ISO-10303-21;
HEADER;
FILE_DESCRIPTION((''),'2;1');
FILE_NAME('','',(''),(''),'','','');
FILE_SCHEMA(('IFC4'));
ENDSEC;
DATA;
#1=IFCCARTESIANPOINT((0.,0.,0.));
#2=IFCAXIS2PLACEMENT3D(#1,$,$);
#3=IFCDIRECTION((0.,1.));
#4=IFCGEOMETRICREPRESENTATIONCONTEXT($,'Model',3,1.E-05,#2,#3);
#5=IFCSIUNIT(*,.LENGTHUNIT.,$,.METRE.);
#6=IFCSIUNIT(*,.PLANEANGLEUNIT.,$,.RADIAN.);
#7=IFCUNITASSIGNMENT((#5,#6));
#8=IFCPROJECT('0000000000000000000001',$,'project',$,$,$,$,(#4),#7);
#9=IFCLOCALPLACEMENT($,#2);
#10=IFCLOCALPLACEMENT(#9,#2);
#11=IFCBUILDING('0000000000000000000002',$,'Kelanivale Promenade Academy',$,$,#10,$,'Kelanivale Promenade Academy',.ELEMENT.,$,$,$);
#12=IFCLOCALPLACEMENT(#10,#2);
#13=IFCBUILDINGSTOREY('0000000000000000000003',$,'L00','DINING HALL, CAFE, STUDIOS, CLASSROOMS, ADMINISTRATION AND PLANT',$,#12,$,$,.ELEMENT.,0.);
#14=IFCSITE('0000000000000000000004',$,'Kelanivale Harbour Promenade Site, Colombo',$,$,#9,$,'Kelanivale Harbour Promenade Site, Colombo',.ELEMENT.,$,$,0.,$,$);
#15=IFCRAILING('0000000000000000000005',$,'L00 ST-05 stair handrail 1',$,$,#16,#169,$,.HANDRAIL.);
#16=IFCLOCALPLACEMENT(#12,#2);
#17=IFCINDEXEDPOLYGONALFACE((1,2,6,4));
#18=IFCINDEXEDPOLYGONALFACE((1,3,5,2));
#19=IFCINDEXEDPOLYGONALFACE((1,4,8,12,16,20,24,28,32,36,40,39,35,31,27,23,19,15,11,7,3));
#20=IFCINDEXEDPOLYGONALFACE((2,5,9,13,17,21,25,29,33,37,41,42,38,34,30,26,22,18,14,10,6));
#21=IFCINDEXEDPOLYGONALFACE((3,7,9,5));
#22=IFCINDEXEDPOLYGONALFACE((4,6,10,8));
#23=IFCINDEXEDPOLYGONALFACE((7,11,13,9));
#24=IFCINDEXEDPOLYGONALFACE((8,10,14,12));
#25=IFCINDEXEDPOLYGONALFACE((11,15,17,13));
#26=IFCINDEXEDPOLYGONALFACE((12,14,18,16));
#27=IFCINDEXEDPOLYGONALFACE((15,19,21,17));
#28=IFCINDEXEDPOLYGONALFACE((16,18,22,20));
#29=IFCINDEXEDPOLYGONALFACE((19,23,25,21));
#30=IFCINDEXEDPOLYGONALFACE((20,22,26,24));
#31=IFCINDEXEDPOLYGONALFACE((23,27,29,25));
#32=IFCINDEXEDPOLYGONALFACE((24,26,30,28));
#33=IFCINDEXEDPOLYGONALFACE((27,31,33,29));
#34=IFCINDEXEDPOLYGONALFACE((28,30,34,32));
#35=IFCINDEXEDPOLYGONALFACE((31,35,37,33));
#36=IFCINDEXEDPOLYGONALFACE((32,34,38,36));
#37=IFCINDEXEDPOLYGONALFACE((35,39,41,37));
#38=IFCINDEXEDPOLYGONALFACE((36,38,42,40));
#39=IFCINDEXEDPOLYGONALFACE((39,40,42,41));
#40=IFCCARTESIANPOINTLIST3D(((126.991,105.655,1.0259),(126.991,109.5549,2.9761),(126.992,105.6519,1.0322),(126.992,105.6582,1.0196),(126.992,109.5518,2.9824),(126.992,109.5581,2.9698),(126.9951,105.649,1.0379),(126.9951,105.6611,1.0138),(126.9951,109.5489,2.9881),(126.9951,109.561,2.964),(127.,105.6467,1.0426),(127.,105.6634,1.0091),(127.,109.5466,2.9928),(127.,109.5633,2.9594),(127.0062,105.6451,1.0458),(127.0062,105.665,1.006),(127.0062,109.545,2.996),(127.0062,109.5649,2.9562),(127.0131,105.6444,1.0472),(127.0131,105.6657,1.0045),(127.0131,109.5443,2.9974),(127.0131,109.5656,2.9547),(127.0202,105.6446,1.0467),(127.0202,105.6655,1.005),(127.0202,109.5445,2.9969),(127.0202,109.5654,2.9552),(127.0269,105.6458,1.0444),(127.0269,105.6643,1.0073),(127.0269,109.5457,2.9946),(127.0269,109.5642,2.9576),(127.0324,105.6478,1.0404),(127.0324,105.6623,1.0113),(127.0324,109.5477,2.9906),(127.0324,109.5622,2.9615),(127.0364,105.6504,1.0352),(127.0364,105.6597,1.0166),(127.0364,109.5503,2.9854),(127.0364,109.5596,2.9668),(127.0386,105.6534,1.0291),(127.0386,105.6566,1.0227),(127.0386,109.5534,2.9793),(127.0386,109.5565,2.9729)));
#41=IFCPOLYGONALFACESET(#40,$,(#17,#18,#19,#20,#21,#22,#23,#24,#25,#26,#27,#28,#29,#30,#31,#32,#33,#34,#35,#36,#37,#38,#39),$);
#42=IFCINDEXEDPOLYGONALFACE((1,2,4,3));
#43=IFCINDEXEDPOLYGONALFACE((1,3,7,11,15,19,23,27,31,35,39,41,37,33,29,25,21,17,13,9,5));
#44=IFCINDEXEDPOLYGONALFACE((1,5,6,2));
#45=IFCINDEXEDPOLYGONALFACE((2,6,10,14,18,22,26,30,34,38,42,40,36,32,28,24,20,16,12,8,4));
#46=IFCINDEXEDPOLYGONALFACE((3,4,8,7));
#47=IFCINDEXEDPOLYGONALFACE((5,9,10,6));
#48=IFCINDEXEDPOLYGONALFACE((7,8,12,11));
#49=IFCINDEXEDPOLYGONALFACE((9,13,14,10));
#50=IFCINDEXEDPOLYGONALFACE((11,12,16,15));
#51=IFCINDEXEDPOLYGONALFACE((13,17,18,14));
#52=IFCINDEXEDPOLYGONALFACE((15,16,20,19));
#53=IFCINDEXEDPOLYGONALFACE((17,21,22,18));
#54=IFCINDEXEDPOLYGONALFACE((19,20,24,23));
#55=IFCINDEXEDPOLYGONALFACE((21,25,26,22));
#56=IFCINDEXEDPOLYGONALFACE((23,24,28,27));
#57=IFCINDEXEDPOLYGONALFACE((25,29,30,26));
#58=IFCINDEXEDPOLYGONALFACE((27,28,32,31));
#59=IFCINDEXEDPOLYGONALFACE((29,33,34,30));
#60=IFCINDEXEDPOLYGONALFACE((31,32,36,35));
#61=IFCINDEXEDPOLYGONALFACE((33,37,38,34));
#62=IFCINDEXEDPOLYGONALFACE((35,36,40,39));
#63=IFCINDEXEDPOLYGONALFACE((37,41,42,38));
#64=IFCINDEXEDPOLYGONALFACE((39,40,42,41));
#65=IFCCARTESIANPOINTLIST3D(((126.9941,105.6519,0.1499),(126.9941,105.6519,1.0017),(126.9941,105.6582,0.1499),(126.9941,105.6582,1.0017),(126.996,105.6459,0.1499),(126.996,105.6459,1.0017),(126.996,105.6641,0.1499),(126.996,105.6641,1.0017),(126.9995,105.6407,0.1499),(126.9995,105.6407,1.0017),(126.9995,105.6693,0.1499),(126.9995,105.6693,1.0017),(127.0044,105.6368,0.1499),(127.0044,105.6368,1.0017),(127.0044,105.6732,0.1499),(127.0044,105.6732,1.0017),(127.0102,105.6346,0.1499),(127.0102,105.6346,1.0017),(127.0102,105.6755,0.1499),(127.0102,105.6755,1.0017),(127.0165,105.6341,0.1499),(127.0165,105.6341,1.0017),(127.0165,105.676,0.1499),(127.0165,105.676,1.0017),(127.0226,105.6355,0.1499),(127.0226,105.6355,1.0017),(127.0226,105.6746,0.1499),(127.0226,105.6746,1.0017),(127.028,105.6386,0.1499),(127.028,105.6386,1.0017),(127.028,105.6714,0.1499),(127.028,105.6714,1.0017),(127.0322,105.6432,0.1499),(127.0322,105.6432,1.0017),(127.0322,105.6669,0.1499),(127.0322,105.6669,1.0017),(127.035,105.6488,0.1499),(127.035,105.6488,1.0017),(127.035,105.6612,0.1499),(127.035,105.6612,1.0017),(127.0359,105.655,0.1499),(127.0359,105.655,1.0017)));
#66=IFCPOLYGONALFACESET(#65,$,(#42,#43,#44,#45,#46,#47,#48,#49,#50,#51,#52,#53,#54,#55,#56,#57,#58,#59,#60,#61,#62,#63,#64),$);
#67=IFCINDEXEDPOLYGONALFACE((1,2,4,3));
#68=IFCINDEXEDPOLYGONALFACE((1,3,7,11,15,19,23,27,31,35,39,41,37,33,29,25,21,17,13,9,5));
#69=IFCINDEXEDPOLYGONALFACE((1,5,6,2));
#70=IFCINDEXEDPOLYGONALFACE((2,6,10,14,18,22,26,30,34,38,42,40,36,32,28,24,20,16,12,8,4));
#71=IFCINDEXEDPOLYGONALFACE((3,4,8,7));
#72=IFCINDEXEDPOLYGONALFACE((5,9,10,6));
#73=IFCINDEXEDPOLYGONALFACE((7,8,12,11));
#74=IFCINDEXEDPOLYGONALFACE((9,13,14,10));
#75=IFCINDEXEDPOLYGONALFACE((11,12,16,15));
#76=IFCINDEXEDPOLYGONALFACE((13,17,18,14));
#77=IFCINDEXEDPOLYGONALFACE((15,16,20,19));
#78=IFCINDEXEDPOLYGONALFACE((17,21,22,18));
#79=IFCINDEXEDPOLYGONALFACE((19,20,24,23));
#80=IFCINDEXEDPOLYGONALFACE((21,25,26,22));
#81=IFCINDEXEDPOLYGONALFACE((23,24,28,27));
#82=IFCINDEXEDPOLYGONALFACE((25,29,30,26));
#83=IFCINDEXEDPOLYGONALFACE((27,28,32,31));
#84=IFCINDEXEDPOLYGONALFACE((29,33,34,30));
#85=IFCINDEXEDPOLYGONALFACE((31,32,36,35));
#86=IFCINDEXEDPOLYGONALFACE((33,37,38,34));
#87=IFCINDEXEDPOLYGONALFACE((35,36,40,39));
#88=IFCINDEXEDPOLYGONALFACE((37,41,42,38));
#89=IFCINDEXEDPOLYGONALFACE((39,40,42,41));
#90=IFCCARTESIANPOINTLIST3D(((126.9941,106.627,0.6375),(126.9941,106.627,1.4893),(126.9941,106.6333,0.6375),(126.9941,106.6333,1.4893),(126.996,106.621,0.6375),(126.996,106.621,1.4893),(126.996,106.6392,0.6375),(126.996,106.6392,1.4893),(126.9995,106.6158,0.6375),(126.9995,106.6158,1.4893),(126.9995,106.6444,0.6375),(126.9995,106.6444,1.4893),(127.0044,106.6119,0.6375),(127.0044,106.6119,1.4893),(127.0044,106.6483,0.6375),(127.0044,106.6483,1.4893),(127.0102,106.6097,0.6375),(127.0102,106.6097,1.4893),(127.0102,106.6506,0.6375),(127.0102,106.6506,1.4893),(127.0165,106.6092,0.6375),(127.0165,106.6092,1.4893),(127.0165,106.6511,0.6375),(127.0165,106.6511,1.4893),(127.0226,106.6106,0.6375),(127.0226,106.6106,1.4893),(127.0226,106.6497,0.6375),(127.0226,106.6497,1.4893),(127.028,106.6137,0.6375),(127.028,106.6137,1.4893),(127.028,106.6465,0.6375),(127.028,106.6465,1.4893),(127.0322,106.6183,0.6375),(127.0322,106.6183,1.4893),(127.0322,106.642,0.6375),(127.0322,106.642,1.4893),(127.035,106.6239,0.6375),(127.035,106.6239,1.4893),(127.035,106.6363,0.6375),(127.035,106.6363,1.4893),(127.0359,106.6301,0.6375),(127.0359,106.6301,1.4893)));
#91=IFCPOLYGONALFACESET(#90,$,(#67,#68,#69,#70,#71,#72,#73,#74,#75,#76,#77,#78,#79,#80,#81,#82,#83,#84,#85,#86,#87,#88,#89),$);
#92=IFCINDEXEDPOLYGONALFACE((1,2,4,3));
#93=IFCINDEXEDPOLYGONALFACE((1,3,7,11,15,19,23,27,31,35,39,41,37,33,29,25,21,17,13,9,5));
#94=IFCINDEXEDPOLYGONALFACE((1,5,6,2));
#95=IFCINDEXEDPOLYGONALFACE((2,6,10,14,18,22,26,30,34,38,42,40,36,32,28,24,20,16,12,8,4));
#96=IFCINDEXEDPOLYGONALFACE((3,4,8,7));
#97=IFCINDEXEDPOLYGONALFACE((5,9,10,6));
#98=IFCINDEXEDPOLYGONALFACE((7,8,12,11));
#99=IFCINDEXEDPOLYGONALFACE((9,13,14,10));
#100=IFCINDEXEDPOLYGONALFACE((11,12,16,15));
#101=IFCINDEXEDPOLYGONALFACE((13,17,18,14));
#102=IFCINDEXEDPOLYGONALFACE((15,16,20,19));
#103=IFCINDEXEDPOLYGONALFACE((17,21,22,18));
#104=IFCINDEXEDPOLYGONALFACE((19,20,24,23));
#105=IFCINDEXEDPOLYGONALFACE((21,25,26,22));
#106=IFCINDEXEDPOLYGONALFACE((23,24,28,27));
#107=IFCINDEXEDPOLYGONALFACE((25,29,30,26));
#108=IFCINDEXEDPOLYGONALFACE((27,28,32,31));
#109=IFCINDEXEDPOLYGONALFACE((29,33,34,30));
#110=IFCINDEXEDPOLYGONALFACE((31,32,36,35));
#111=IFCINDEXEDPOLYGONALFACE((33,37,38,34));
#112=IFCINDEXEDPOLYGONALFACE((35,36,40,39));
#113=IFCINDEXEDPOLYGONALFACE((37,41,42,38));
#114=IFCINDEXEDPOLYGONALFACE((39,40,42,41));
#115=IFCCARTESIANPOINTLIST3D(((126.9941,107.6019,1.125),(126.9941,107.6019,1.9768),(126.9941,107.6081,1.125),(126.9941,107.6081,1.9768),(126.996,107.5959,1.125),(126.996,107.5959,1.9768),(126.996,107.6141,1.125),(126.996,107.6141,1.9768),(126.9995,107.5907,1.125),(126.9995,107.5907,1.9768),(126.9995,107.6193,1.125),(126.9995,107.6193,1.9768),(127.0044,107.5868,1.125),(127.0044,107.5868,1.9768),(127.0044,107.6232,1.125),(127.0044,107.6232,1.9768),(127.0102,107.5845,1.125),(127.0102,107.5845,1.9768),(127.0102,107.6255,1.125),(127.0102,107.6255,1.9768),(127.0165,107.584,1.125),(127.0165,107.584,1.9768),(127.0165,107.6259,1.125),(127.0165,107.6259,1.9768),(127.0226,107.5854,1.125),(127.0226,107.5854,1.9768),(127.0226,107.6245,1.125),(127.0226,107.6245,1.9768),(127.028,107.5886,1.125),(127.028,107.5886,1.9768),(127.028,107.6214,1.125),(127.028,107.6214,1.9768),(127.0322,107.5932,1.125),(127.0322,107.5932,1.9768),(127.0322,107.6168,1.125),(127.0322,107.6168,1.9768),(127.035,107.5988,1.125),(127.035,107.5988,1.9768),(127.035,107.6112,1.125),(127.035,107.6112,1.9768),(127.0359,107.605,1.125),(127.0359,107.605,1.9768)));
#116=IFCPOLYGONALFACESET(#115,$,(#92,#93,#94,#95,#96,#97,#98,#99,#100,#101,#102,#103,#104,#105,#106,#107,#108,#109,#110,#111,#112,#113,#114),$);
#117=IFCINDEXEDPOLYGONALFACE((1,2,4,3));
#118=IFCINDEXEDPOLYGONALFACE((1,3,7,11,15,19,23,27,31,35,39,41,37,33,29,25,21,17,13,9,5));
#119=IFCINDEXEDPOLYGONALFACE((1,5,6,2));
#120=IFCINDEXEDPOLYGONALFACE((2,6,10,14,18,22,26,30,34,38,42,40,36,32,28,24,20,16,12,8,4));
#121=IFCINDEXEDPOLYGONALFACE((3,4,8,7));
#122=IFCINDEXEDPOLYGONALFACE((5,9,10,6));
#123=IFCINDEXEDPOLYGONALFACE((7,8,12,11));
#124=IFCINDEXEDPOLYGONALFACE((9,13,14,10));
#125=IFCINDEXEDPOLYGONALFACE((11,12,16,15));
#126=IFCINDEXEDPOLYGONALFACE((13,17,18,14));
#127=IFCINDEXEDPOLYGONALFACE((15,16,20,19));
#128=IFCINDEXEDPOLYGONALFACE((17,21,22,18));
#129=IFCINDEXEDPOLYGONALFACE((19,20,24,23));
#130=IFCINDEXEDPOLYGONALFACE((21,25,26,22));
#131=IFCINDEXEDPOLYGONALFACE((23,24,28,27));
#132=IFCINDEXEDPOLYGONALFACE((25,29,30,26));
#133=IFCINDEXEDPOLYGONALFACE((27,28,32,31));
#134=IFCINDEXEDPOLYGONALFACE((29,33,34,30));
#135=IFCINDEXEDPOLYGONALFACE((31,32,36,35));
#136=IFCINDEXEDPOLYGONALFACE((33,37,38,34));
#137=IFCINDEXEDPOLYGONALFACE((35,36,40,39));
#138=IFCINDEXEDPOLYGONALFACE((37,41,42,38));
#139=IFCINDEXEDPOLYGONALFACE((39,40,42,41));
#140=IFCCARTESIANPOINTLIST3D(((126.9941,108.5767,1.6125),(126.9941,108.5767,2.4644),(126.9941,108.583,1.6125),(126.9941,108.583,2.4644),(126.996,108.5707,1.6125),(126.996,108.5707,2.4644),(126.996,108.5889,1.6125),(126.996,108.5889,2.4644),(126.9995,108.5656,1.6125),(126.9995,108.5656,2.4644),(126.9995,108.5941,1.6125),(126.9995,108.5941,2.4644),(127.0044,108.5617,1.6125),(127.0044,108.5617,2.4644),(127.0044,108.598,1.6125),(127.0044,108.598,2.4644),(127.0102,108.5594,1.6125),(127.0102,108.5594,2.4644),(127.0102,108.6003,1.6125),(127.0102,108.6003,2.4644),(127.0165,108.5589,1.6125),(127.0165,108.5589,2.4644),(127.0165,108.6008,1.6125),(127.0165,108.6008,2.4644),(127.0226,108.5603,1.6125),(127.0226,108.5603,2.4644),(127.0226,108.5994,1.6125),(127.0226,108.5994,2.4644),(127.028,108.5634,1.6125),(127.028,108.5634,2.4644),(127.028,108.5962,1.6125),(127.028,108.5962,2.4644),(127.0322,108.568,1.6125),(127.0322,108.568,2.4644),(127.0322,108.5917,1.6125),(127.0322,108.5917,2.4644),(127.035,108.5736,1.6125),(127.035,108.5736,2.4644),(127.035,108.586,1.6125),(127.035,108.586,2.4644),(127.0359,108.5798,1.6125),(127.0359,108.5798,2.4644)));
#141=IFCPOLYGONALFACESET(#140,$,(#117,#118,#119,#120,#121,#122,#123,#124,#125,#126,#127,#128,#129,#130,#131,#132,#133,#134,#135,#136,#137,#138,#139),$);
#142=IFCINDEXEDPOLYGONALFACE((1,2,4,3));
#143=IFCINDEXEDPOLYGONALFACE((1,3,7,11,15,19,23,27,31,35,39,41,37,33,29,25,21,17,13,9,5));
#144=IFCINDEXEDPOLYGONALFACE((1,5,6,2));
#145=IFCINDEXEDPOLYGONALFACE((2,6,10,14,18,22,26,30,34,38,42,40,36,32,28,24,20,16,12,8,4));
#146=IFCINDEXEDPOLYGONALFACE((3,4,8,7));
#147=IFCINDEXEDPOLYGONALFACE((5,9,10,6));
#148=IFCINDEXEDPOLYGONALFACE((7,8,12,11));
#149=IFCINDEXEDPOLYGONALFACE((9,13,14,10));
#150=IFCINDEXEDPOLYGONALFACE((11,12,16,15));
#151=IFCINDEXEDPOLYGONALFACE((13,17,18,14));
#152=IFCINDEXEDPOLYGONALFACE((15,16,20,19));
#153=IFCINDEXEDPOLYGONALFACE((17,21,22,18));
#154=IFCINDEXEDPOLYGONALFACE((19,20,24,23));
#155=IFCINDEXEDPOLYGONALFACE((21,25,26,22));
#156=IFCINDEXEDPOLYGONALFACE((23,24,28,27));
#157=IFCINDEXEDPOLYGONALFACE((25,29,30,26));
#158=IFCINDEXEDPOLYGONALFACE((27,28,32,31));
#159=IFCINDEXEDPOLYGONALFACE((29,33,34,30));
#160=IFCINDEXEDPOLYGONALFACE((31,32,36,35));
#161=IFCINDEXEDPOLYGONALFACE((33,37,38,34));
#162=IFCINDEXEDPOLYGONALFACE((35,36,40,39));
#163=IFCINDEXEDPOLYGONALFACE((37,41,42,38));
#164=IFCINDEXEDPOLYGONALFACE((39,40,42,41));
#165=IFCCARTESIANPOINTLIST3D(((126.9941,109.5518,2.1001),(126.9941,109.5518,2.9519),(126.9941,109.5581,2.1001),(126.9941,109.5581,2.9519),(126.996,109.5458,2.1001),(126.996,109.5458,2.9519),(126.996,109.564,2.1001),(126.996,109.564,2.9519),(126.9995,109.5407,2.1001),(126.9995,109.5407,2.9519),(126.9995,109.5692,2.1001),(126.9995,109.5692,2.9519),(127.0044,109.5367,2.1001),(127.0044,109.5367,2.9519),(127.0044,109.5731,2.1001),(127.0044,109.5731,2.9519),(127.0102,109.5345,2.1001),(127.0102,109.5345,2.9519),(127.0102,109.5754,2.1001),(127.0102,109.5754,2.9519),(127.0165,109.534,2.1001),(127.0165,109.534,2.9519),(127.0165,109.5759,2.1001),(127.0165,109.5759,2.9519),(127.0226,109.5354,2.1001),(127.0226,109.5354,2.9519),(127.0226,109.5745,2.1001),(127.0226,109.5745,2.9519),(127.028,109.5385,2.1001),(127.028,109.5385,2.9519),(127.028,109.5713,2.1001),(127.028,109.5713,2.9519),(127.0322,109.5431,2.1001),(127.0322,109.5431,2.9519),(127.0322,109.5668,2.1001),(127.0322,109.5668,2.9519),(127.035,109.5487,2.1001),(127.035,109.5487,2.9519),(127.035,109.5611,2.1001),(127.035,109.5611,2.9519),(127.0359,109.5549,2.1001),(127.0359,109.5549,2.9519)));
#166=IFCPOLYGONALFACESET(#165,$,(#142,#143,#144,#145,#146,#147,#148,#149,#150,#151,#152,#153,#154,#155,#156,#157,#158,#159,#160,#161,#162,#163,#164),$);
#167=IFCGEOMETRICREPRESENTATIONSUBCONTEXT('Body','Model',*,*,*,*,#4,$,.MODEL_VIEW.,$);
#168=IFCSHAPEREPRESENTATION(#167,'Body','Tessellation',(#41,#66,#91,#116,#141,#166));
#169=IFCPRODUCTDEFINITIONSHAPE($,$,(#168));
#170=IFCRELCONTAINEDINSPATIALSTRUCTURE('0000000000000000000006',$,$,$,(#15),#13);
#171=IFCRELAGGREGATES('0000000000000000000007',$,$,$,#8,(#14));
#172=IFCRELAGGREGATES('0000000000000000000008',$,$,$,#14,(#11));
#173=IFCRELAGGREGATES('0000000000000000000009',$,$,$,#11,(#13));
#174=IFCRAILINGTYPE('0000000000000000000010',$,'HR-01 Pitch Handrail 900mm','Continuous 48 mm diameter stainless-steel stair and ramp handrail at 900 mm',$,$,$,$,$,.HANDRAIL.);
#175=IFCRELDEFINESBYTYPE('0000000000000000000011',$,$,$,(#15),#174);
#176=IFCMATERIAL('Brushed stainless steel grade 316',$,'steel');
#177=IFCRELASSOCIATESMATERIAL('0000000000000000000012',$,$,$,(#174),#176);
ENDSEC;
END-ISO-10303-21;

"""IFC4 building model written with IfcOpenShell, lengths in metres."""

from ifc_helpers import new_model, si_unit, direction, frame, origin, origin_2d, place, context, subcontext, project, spatial, circle, extrude, material, type_object, element, save


model = new_model("IFC4")

# Units and contexts
model_context = context("Model", 3, precision=1e-05, world=origin(), true_north=direction((0.0, 1.0)))
body_context = subcontext(model_context, "Body", "Model", "MODEL_VIEW")
ifc_project = project(units=[si_unit("LENGTHUNIT", "METRE"), si_unit("PLANEANGLEUNIT", "RADIAN")], contexts=[model_context])

# Site, building, storey
site_placement = place(None, origin())
site = spatial("IfcSite", under=ifc_project, at=site_placement, Name="Kelanivale Harbour Promenade Site, Colombo", LongName="Kelanivale Harbour Promenade Site, Colombo", CompositionType="ELEMENT", RefElevation=0.0)
building_placement = place(site_placement, origin())
building = spatial("IfcBuilding", under=site, at=building_placement, Name="Kelanivale Promenade Academy", LongName="Kelanivale Promenade Academy", CompositionType="ELEMENT")
storey_placement = place(building_placement, origin())
storey = spatial("IfcBuildingStorey", under=building, at=storey_placement, Name="L00", Description="DINING HALL, CAFE, STUDIOS, CLASSROOMS, ADMINISTRATION AND PLANT", CompositionType="ELEMENT", Elevation=0.0)

# Railing
ifc_material_1 = material(Name="Brushed stainless steel grade 316", Category="steel")
railing_type_1 = type_object("IfcRailingType", Name="HR-01 Pitch Handrail 900mm", Description="Continuous 48 mm diameter stainless-steel stair and ramp handrail at 900 mm", PredefinedType="HANDRAIL", material=ifc_material_1)
railing_1_placement = place(storey_placement, frame((127.0149, 105.655, 0.1499)))
element("IfcRailing", 1, at=railing_1_placement, inside=storey, type_object=railing_type_1, Name="L00 ST-05 stair handrail 1", PredefinedType="HANDRAIL", context=body_context, shape_type="SweptSolid", body=[
    extrude(circle(Radius=0.0239, at=origin_2d()), frame((0.0, 0.0, 0.876), z_axis=(0.0, 0.894405, 0.447258), x_axis=(-1.0, 0.0, 0.0)), (0.0, 0.0, 1.0), 4.3604),
    extrude(circle(Radius=0.021, at=origin_2d()), origin(), (0.0, 0.0, 1.0), 0.8518),
    extrude(circle(Radius=0.021, at=origin_2d()), frame((0.0, 0.9751, 0.4875)), (0.0, 0.0, 1.0), 0.8518),
    extrude(circle(Radius=0.021, at=origin_2d()), frame((0.0, 1.95, 0.9751)), (0.0, 0.0, 1.0), 0.8518),
    extrude(circle(Radius=0.021, at=origin_2d()), frame((0.0, 2.9248, 1.4626)), (0.0, 0.0, 1.0), 0.8518),
    extrude(circle(Radius=0.021, at=origin_2d()), frame((0.0, 3.8999, 1.9502)), (0.0, 0.0, 1.0), 0.8518),
])

save(model, "model.ifc")
